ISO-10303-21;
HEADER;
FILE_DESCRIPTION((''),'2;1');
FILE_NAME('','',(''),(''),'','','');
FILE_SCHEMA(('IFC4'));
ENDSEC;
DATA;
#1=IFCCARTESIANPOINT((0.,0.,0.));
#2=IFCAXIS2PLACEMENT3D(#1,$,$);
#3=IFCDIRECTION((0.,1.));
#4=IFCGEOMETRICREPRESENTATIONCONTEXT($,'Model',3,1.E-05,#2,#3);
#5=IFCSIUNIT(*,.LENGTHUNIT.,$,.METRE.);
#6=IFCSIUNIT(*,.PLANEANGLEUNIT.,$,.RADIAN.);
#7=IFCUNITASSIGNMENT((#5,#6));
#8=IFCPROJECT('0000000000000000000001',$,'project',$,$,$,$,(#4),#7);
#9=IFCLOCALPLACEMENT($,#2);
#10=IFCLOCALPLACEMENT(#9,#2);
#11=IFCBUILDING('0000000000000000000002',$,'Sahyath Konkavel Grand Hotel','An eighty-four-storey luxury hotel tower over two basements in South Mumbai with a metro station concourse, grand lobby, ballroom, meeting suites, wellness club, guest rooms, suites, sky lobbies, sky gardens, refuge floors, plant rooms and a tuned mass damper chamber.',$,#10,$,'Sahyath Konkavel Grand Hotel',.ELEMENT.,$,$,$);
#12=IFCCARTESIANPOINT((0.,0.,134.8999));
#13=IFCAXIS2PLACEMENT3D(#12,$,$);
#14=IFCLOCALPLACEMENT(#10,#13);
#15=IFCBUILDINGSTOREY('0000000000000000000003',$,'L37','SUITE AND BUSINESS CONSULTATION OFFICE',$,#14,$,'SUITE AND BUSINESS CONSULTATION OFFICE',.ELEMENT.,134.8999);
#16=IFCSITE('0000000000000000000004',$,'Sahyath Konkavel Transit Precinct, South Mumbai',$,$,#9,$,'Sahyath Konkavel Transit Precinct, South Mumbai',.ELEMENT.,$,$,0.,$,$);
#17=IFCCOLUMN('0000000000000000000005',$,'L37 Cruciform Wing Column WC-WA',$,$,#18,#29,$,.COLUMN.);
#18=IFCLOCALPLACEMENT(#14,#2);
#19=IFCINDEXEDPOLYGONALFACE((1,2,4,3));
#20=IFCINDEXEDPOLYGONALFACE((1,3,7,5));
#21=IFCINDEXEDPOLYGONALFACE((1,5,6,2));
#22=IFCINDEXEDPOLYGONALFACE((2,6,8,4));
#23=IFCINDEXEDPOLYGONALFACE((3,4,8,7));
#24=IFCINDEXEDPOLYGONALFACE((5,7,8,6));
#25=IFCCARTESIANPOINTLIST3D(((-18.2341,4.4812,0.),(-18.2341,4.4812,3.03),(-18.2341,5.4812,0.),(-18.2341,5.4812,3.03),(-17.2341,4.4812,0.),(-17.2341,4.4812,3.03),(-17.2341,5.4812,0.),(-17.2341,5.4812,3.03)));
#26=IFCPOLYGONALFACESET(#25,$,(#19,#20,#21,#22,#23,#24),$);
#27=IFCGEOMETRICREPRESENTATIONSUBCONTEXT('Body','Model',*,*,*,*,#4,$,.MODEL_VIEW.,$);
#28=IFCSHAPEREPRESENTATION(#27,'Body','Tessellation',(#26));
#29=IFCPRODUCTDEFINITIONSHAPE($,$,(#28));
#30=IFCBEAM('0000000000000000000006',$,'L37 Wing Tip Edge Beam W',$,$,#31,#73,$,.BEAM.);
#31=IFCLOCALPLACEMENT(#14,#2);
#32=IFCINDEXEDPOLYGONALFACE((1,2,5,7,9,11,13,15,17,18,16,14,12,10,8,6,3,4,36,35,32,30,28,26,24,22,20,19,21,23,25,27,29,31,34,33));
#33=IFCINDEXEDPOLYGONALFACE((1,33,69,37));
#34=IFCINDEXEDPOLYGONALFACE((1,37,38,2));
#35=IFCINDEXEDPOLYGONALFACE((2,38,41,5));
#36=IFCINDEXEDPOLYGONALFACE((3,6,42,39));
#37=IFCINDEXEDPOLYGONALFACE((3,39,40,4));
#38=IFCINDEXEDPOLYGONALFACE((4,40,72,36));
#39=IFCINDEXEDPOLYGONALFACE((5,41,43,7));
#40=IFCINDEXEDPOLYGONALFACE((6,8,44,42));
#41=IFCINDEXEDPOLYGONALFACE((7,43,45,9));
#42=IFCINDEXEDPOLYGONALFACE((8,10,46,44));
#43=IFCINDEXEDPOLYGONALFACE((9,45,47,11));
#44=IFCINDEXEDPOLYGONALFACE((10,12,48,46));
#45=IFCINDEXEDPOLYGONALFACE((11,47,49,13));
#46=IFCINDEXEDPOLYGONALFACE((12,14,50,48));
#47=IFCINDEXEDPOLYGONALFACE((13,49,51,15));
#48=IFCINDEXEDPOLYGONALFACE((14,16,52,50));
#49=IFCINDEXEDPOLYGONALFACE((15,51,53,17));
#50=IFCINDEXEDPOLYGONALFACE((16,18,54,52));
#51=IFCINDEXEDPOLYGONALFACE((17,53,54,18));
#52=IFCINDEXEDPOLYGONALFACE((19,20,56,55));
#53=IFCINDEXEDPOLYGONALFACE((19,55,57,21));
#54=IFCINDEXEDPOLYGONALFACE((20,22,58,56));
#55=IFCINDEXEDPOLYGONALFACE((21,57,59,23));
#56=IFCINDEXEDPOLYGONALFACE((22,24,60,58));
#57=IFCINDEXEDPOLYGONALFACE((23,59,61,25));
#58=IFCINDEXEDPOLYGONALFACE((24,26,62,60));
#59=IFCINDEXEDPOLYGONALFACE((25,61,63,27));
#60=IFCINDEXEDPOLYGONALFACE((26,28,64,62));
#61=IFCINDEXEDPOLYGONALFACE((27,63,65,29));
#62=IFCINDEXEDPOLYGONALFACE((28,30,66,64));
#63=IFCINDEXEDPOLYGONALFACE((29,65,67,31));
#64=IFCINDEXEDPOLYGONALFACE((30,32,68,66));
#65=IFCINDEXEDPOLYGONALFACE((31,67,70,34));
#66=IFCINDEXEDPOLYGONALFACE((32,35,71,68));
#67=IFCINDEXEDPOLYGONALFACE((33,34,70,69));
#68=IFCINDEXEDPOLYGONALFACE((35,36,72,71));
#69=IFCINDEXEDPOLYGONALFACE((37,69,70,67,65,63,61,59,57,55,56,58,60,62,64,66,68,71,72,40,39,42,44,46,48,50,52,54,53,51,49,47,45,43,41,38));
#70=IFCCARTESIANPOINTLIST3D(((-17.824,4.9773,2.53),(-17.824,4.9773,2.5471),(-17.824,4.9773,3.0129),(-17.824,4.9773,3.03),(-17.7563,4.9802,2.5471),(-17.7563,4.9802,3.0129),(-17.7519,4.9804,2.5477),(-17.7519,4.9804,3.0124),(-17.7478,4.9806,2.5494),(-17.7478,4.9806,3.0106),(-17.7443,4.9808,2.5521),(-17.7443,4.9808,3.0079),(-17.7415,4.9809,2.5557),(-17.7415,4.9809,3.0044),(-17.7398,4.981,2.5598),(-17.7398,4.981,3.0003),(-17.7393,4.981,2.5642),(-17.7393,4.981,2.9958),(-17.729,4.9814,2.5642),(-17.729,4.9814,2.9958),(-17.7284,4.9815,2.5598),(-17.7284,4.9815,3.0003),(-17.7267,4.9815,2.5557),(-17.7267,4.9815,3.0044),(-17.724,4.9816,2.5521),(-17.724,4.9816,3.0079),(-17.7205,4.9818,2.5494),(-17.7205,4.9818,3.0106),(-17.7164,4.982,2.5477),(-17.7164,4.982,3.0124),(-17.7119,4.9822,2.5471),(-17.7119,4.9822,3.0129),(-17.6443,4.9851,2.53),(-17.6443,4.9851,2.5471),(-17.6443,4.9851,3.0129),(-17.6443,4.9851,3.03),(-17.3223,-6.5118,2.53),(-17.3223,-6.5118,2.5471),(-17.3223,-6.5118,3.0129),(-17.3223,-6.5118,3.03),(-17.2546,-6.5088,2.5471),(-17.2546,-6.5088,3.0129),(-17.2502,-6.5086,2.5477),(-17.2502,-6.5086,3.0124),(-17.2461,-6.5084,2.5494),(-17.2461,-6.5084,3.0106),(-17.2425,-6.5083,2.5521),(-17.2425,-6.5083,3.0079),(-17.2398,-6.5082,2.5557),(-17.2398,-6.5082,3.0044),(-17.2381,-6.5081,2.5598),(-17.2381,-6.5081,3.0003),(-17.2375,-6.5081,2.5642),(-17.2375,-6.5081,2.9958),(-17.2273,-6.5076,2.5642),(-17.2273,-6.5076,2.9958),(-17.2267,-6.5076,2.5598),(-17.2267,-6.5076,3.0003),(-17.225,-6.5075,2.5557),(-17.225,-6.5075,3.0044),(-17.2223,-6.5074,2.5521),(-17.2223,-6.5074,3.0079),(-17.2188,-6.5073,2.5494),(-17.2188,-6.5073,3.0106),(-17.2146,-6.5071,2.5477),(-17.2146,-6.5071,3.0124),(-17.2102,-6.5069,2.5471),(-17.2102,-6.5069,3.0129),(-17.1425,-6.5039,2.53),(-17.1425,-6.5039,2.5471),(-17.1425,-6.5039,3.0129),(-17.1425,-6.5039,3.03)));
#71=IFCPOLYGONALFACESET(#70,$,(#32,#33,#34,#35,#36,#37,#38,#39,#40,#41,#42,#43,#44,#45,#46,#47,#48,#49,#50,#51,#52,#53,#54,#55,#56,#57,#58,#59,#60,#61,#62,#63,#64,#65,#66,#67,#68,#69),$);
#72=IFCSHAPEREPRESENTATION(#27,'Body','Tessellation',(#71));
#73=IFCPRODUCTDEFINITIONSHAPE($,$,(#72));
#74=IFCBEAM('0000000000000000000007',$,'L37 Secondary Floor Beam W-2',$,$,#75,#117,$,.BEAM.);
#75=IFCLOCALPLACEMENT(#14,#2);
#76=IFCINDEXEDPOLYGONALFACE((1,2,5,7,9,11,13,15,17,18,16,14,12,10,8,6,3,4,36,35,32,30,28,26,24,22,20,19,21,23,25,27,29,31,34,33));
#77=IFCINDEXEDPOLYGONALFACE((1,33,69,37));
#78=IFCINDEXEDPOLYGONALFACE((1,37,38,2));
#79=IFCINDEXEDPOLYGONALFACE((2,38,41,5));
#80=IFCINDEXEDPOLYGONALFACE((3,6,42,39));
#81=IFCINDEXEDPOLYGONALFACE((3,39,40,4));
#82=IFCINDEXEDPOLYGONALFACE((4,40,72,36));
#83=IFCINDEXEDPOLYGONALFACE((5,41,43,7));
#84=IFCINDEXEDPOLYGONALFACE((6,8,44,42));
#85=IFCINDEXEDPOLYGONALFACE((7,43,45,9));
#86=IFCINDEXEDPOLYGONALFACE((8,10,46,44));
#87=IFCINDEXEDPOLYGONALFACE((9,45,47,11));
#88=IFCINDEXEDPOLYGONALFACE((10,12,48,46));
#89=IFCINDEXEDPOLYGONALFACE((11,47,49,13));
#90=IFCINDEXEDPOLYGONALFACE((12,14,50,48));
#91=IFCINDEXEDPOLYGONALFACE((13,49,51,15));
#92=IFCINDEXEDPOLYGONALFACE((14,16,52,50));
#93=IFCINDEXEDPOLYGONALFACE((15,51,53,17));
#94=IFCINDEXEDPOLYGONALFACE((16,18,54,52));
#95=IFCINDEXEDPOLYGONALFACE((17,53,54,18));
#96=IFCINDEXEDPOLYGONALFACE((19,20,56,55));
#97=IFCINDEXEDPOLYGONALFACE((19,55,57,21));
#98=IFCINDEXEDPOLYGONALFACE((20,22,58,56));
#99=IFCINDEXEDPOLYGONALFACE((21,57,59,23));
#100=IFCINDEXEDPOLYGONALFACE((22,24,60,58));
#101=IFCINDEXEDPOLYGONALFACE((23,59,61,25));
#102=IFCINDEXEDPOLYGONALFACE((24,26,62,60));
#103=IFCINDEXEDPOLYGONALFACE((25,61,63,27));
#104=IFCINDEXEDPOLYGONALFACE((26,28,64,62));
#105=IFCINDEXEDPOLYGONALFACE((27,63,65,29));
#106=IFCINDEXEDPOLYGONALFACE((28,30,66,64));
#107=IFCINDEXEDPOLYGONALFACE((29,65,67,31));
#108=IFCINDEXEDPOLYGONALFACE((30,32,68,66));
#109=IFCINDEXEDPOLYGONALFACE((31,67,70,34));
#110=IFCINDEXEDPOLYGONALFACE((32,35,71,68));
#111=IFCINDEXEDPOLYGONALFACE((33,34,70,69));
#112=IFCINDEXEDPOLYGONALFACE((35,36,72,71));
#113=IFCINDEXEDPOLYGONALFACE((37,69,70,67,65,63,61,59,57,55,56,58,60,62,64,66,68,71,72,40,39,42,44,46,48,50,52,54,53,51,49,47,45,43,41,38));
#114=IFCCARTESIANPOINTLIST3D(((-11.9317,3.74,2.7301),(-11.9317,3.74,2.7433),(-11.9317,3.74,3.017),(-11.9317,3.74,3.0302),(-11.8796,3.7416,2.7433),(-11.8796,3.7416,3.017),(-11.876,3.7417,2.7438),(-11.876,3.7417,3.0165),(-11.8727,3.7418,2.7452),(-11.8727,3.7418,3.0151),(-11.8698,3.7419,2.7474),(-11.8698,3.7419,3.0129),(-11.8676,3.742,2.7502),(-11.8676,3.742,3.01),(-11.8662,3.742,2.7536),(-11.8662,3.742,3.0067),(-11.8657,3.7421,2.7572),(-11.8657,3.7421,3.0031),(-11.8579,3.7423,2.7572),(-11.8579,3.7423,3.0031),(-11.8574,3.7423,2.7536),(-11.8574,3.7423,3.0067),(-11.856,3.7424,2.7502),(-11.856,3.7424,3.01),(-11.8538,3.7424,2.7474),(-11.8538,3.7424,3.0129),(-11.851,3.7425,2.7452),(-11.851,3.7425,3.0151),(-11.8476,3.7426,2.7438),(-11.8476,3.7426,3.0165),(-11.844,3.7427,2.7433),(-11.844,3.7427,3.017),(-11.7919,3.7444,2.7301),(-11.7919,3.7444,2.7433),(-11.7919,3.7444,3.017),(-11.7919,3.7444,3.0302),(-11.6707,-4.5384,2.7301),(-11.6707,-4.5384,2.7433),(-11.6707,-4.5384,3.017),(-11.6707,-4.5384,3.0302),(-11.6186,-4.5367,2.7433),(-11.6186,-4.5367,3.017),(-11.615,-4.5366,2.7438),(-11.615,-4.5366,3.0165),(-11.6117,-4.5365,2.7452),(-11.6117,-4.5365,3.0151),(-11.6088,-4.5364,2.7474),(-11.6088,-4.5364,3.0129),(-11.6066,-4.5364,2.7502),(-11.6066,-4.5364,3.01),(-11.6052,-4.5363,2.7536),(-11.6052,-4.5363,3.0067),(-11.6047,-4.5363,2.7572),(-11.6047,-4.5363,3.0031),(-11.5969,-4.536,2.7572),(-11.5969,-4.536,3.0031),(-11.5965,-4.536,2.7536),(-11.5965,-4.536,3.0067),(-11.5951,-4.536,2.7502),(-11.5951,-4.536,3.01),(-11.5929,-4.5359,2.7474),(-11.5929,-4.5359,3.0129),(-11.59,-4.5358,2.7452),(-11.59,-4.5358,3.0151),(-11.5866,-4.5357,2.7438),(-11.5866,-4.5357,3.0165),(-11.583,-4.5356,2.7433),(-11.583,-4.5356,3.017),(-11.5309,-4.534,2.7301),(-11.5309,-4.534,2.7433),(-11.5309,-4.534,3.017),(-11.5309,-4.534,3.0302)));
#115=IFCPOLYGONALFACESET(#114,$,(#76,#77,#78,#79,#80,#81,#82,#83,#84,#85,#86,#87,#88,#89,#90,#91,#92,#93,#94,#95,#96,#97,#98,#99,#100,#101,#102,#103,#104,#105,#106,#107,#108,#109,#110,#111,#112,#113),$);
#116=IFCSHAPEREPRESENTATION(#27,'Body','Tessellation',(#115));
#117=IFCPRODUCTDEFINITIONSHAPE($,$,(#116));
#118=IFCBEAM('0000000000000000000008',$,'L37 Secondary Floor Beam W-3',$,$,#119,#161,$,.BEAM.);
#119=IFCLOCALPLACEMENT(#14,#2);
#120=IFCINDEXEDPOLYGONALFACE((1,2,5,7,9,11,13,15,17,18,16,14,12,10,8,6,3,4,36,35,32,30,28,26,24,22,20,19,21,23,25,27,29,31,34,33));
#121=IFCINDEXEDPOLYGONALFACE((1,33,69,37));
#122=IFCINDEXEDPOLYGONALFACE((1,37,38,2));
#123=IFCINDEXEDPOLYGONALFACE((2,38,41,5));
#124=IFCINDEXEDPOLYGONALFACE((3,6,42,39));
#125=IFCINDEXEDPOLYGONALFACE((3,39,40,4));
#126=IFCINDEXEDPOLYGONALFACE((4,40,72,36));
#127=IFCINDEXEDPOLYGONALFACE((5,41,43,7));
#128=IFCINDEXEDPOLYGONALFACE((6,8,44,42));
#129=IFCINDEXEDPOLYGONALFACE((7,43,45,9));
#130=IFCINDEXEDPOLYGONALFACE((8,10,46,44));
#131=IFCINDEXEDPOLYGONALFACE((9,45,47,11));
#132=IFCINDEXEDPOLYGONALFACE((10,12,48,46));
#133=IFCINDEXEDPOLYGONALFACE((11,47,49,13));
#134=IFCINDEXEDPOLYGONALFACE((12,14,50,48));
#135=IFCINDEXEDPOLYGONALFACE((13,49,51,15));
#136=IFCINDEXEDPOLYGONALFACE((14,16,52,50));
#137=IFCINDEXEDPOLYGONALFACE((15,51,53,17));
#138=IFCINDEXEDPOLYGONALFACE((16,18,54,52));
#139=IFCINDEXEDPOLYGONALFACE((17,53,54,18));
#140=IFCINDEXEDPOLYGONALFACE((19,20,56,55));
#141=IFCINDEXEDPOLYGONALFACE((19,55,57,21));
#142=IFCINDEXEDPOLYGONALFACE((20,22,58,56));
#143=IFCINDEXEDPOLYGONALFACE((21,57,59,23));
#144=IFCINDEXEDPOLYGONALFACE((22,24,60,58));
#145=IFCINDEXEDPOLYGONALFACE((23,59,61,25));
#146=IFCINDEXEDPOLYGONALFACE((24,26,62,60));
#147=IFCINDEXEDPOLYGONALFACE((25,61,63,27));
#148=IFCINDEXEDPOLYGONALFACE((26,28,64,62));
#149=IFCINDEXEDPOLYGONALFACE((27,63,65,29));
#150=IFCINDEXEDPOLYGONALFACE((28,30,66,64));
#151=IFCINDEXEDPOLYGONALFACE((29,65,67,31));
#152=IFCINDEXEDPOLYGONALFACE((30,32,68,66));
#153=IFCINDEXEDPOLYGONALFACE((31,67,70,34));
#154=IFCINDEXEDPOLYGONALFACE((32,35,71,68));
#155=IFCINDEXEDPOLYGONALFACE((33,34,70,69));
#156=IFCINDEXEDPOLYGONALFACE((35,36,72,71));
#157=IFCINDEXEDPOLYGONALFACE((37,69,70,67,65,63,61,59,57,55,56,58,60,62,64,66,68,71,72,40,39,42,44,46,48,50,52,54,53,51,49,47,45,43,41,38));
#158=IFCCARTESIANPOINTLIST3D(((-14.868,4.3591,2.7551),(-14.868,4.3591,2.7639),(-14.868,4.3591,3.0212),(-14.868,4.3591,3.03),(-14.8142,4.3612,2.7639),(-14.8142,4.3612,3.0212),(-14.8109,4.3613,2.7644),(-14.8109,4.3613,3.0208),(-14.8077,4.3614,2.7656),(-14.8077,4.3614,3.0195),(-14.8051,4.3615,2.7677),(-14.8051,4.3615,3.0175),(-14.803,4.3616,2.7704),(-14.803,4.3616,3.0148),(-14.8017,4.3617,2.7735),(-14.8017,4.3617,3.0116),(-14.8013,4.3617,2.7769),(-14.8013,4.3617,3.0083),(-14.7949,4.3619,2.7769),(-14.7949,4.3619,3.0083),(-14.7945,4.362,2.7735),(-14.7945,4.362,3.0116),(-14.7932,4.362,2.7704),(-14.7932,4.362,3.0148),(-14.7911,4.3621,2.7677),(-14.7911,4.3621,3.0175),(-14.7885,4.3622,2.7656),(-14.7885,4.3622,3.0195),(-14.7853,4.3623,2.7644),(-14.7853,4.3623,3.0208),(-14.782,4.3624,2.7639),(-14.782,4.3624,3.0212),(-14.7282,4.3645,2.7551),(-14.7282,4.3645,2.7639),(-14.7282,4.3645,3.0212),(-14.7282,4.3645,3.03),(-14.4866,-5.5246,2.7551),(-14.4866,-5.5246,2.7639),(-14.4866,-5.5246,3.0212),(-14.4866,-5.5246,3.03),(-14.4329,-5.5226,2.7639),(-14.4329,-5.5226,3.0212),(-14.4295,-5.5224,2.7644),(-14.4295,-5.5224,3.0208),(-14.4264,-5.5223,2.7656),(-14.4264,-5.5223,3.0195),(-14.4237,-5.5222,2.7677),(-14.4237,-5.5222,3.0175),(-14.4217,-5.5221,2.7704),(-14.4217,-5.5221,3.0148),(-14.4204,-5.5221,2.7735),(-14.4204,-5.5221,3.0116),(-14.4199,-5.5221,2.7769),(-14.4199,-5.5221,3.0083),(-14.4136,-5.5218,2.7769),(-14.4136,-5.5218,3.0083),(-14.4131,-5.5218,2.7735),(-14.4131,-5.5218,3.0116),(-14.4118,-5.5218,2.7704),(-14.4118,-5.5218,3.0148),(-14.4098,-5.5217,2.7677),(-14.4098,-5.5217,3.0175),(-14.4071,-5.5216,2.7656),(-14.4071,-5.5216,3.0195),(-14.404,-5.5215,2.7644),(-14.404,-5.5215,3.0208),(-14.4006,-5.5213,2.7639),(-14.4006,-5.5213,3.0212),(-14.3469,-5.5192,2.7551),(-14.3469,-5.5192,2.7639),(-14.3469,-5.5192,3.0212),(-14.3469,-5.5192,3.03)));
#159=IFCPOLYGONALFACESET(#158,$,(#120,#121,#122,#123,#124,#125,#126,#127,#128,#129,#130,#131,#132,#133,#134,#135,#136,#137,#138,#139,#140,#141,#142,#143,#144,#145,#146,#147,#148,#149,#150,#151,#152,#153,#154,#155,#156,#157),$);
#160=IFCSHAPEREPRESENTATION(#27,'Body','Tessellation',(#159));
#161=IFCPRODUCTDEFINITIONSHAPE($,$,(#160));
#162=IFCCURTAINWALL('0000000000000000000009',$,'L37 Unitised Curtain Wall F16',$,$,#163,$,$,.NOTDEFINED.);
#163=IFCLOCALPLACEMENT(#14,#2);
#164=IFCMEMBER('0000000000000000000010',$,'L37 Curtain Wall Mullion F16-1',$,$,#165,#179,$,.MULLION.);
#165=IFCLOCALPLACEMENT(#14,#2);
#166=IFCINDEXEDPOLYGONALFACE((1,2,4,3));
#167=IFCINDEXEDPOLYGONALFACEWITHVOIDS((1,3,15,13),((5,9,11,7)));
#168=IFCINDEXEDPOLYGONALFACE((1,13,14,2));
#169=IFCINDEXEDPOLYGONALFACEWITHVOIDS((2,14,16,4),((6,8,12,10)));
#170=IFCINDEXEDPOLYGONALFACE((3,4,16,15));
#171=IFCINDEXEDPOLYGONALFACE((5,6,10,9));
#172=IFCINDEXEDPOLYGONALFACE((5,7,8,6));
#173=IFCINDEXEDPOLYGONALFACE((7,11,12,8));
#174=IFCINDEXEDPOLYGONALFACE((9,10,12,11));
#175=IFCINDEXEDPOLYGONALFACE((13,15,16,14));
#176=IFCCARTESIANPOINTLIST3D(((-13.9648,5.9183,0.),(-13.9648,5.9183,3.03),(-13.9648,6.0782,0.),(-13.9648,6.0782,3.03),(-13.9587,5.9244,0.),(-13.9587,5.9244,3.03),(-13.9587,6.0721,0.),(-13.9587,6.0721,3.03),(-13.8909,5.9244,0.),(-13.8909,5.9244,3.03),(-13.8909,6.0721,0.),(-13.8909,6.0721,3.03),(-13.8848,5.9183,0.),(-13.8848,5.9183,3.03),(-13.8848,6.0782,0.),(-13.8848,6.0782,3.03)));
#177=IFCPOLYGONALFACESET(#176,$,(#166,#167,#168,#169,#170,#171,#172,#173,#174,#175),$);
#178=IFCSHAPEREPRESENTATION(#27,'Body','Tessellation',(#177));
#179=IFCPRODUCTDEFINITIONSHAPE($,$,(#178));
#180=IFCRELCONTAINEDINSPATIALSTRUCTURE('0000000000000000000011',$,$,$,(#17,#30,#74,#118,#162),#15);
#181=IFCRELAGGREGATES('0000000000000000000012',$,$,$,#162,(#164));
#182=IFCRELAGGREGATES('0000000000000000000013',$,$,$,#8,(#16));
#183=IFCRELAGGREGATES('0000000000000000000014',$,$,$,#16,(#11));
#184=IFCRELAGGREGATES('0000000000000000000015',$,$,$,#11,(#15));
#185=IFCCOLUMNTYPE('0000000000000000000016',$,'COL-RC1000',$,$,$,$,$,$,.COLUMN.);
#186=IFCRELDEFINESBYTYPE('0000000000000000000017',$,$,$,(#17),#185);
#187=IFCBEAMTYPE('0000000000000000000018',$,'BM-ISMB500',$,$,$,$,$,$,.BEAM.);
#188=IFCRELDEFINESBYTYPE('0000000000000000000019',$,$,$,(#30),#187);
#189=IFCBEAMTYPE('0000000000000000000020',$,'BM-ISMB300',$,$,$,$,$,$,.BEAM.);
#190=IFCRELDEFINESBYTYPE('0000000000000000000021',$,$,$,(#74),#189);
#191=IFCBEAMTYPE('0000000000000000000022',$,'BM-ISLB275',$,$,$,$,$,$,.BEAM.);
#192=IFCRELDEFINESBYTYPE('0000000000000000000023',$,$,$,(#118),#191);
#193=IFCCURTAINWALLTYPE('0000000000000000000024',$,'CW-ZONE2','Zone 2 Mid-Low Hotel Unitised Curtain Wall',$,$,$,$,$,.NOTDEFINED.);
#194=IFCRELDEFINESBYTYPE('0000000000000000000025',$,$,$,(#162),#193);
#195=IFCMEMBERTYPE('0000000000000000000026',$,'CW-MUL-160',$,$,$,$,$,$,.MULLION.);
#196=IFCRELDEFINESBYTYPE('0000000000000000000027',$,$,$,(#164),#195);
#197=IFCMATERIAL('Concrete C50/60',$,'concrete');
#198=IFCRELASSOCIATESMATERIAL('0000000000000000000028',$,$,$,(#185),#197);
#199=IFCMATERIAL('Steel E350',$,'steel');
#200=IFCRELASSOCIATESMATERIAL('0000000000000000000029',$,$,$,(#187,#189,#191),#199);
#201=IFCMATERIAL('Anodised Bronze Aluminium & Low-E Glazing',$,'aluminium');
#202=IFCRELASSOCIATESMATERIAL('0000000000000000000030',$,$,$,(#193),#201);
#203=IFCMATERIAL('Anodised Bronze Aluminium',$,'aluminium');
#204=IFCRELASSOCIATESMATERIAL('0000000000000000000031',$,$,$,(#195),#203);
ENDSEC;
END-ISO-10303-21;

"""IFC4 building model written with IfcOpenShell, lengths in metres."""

from ifc_helpers import new_model, si_unit, direction, frame, origin, origin_2d, place, context, subcontext, project, spatial, rectangle, hollow_rectangle, i_section, extrude, source, transform, mapped, material, material_profile, profile_set, type_object, element, aggregate, save


model = new_model("IFC4")

# Units and contexts
model_context = context("Model", 3, precision=1e-05, world=origin(), true_north=direction((0.0, 1.0)))
body_context = subcontext(model_context, "Body", "Model", "MODEL_VIEW")
ifc_project = project(units=[si_unit("LENGTHUNIT", "METRE"), si_unit("PLANEANGLEUNIT", "RADIAN")], contexts=[model_context])

# Site, building, storey
site_placement = place(None, origin())
site = spatial("IfcSite", under=ifc_project, at=site_placement, Name="Sahyath Konkavel Transit Precinct, South Mumbai", LongName="Sahyath Konkavel Transit Precinct, South Mumbai", CompositionType="ELEMENT", RefElevation=0.0)
building_placement = place(site_placement, origin())
building = spatial("IfcBuilding", under=site, at=building_placement, Name="Sahyath Konkavel Grand Hotel", Description="An eighty-four-storey luxury hotel tower over two basements in South Mumbai with a metro station concourse, grand lobby, ballroom, meeting suites, wellness club, guest rooms, suites, sky lobbies, sky gardens, refuge floors, plant rooms and a tuned mass damper chamber.", LongName="Sahyath Konkavel Grand Hotel", CompositionType="ELEMENT")
storey_placement = place(building_placement, frame((0.0, 0.0, 134.8999)))
storey = spatial("IfcBuildingStorey", under=building, at=storey_placement, Name="L37", Description="SUITE AND BUSINESS CONSULTATION OFFICE", LongName="SUITE AND BUSINESS CONSULTATION OFFICE", CompositionType="ELEMENT", Elevation=134.8999)

# Column
ifc_material_1 = material(Name="Concrete C50/60", Category="concrete")
ifc_material_profile_1 = material_profile(ifc_material_1, rectangle(XDim=1.0, YDim=1.0, at=origin_2d()), Name="RC 1000x1000")
ifc_profile_set_1 = profile_set([ifc_material_profile_1], Name="Concrete C50/60")
column_type = type_object("IfcColumnType", Name="COL-RC1000", PredefinedType="COLUMN", material=ifc_profile_set_1)
shared_shape_1 = source(origin(), body_context, "Body", "SweptSolid", [
    extrude(rectangle(XDim=1.0, YDim=1.0, at=origin_2d()), origin(), (0.0, 0.0, 1.0), 3.03),
])
column_placement = place(storey_placement, frame((-17.7341, 4.9812, 0.0), z_axis=(0.0, 0.0, 1.0), x_axis=(1.0, 0.0, 0.0)))
element("IfcColumn", 1, at=column_placement, inside=storey, type_object=column_type, Name="L37 Cruciform Wing Column WC-WA", PredefinedType="COLUMN", context=body_context, shape_type="MappedRepresentation", body=[
    mapped(shared_shape_1, transform((0.0, 0.0, 0.0), scale=1.0)),
])

# Beams
ifc_material_2 = material(Name="Steel E350", Category="steel")
ifc_material_profile_2 = material_profile(ifc_material_2, i_section(OverallWidth=0.1799, OverallDepth=0.5, WebThickness=0.0103, FlangeThickness=0.0171, FilletRadius=0.0171, at=origin_2d()), Name="ISMB 500")
ifc_profile_set_2 = profile_set([ifc_material_profile_2], Name="Steel E350")
beam_type_1 = type_object("IfcBeamType", Name="BM-ISMB500", PredefinedType="BEAM", material=ifc_profile_set_2)
shared_shape_2 = source(origin(), body_context, "Body", "SweptSolid", [
    extrude(i_section(OverallWidth=0.1799, OverallDepth=0.5, WebThickness=0.0103, FlangeThickness=0.0171, FilletRadius=0.0171, at=origin_2d()), origin(), (0.0, 0.0, 1.0), 11.5),
])
beam_1_placement = place(storey_placement, frame((-17.7341, 4.9812, 2.78), z_axis=(0.043627, -0.999048, 0.0), x_axis=(0.999048, 0.043627, 0.0)))
element("IfcBeam", 2, at=beam_1_placement, inside=storey, type_object=beam_type_1, Name="L37 Wing Tip Edge Beam W", PredefinedType="BEAM", context=body_context, shape_type="MappedRepresentation", body=[
    mapped(shared_shape_2, transform((0.0, 0.0, 0.0), scale=1.0)),
])
ifc_material_profile_3 = material_profile(ifc_material_2, i_section(OverallWidth=0.1399, OverallDepth=0.3, WebThickness=0.0078, FlangeThickness=0.0132, FilletRadius=0.0139, at=origin_2d()), Name="ISMB 300")
ifc_profile_set_3 = profile_set([ifc_material_profile_3], Name="Steel E350")
beam_type_2 = type_object("IfcBeamType", Name="BM-ISMB300", PredefinedType="BEAM", material=ifc_profile_set_3)
shared_shape_3 = source(origin(), body_context, "Body", "SweptSolid", [
    extrude(i_section(OverallWidth=0.1399, OverallDepth=0.3, WebThickness=0.0078, FlangeThickness=0.0132, FilletRadius=0.0139, at=origin_2d()), origin(), (0.0, 0.0, 1.0), 8.2825),
])
beam_2_placement = place(storey_placement, frame((-11.8618, 3.7422, 2.8801), z_axis=(0.031511, -0.999503, 0.0), x_axis=(0.999503, 0.031511, 0.0)))
element("IfcBeam", 3, at=beam_2_placement, inside=storey, type_object=beam_type_2, Name="L37 Secondary Floor Beam W-2", PredefinedType="BEAM", context=body_context, shape_type="MappedRepresentation", body=[
    mapped(shared_shape_3, transform((0.0, 0.0, 0.0), scale=1.0)),
])
ifc_material_profile_4 = material_profile(ifc_material_2, i_section(OverallWidth=0.1399, OverallDepth=0.2749, WebThickness=0.0063, FlangeThickness=0.0088, FilletRadius=0.0129, at=origin_2d()), Name="ISLB 275")
ifc_profile_set_4 = profile_set([ifc_material_profile_4], Name="Steel E350")
beam_type_3 = type_object("IfcBeamType", Name="BM-ISLB275", PredefinedType="BEAM", material=ifc_profile_set_4)
shared_shape_4 = source(origin(), body_context, "Body", "SweptSolid", [
    extrude(i_section(OverallWidth=0.1399, OverallDepth=0.2749, WebThickness=0.0063, FlangeThickness=0.0088, FilletRadius=0.0129, at=origin_2d()), origin(), (0.0, 0.0, 1.0), 9.8911),
])
beam_3_placement = place(storey_placement, frame((-14.7981, 4.3618, 2.8926), z_axis=(0.038554, -0.999257, 0.0), x_axis=(0.999257, 0.038554, 0.0)))
element("IfcBeam", 4, at=beam_3_placement, inside=storey, type_object=beam_type_3, Name="L37 Secondary Floor Beam W-3", PredefinedType="BEAM", context=body_context, shape_type="MappedRepresentation", body=[
    mapped(shared_shape_4, transform((0.0, 0.0, 0.0), scale=1.0)),
])

# Curtain wall, member
ifc_material_3 = material(Name="Anodised Bronze Aluminium & Low-E Glazing", Category="aluminium")
curtain_wall_type = type_object("IfcCurtainWallType", Name="CW-ZONE2", Description="Zone 2 Mid-Low Hotel Unitised Curtain Wall", PredefinedType="NOTDEFINED", material=ifc_material_3)
curtain_wall_1_placement = place(storey_placement, origin())
curtain_wall_1 = element("IfcCurtainWall", 5, at=curtain_wall_1_placement, inside=storey, type_object=curtain_wall_type, Name="L37 Unitised Curtain Wall F16", PredefinedType="NOTDEFINED")
ifc_material_4 = material(Name="Anodised Bronze Aluminium", Category="aluminium")
ifc_material_profile_5 = material_profile(ifc_material_4, hollow_rectangle(XDim=0.0801, YDim=0.1599, WallThickness=0.0061, at=origin_2d()), Name="RHS 160x80x6")
ifc_profile_set_5 = profile_set([ifc_material_profile_5], Name="Anodised Bronze Aluminium")
member_type_1 = type_object("IfcMemberType", Name="CW-MUL-160", PredefinedType="MULLION", material=ifc_profile_set_5)
shared_shape_5 = source(origin(), body_context, "Body", "SweptSolid", [
    extrude(hollow_rectangle(XDim=0.0801, YDim=0.1599, WallThickness=0.0061, at=origin_2d()), origin(), (0.0, 0.0, 1.0), 3.03),
])
member_1_placement = place(storey_placement, frame((-13.9248, 5.9983, 0.0), z_axis=(0.0, 0.0, 1.0), x_axis=(1.0, 0.0, 0.0)))
member_1 = element("IfcMember", 6, at=member_1_placement, type_object=member_type_1, Name="L37 Curtain Wall Mullion F16-1", PredefinedType="MULLION", context=body_context, shape_type="MappedRepresentation", body=[
    mapped(shared_shape_5, transform((0.0, 0.0, 0.0), scale=1.0)),
])

aggregate(curtain_wall_1, [member_1])

save(model, "model.ifc")
